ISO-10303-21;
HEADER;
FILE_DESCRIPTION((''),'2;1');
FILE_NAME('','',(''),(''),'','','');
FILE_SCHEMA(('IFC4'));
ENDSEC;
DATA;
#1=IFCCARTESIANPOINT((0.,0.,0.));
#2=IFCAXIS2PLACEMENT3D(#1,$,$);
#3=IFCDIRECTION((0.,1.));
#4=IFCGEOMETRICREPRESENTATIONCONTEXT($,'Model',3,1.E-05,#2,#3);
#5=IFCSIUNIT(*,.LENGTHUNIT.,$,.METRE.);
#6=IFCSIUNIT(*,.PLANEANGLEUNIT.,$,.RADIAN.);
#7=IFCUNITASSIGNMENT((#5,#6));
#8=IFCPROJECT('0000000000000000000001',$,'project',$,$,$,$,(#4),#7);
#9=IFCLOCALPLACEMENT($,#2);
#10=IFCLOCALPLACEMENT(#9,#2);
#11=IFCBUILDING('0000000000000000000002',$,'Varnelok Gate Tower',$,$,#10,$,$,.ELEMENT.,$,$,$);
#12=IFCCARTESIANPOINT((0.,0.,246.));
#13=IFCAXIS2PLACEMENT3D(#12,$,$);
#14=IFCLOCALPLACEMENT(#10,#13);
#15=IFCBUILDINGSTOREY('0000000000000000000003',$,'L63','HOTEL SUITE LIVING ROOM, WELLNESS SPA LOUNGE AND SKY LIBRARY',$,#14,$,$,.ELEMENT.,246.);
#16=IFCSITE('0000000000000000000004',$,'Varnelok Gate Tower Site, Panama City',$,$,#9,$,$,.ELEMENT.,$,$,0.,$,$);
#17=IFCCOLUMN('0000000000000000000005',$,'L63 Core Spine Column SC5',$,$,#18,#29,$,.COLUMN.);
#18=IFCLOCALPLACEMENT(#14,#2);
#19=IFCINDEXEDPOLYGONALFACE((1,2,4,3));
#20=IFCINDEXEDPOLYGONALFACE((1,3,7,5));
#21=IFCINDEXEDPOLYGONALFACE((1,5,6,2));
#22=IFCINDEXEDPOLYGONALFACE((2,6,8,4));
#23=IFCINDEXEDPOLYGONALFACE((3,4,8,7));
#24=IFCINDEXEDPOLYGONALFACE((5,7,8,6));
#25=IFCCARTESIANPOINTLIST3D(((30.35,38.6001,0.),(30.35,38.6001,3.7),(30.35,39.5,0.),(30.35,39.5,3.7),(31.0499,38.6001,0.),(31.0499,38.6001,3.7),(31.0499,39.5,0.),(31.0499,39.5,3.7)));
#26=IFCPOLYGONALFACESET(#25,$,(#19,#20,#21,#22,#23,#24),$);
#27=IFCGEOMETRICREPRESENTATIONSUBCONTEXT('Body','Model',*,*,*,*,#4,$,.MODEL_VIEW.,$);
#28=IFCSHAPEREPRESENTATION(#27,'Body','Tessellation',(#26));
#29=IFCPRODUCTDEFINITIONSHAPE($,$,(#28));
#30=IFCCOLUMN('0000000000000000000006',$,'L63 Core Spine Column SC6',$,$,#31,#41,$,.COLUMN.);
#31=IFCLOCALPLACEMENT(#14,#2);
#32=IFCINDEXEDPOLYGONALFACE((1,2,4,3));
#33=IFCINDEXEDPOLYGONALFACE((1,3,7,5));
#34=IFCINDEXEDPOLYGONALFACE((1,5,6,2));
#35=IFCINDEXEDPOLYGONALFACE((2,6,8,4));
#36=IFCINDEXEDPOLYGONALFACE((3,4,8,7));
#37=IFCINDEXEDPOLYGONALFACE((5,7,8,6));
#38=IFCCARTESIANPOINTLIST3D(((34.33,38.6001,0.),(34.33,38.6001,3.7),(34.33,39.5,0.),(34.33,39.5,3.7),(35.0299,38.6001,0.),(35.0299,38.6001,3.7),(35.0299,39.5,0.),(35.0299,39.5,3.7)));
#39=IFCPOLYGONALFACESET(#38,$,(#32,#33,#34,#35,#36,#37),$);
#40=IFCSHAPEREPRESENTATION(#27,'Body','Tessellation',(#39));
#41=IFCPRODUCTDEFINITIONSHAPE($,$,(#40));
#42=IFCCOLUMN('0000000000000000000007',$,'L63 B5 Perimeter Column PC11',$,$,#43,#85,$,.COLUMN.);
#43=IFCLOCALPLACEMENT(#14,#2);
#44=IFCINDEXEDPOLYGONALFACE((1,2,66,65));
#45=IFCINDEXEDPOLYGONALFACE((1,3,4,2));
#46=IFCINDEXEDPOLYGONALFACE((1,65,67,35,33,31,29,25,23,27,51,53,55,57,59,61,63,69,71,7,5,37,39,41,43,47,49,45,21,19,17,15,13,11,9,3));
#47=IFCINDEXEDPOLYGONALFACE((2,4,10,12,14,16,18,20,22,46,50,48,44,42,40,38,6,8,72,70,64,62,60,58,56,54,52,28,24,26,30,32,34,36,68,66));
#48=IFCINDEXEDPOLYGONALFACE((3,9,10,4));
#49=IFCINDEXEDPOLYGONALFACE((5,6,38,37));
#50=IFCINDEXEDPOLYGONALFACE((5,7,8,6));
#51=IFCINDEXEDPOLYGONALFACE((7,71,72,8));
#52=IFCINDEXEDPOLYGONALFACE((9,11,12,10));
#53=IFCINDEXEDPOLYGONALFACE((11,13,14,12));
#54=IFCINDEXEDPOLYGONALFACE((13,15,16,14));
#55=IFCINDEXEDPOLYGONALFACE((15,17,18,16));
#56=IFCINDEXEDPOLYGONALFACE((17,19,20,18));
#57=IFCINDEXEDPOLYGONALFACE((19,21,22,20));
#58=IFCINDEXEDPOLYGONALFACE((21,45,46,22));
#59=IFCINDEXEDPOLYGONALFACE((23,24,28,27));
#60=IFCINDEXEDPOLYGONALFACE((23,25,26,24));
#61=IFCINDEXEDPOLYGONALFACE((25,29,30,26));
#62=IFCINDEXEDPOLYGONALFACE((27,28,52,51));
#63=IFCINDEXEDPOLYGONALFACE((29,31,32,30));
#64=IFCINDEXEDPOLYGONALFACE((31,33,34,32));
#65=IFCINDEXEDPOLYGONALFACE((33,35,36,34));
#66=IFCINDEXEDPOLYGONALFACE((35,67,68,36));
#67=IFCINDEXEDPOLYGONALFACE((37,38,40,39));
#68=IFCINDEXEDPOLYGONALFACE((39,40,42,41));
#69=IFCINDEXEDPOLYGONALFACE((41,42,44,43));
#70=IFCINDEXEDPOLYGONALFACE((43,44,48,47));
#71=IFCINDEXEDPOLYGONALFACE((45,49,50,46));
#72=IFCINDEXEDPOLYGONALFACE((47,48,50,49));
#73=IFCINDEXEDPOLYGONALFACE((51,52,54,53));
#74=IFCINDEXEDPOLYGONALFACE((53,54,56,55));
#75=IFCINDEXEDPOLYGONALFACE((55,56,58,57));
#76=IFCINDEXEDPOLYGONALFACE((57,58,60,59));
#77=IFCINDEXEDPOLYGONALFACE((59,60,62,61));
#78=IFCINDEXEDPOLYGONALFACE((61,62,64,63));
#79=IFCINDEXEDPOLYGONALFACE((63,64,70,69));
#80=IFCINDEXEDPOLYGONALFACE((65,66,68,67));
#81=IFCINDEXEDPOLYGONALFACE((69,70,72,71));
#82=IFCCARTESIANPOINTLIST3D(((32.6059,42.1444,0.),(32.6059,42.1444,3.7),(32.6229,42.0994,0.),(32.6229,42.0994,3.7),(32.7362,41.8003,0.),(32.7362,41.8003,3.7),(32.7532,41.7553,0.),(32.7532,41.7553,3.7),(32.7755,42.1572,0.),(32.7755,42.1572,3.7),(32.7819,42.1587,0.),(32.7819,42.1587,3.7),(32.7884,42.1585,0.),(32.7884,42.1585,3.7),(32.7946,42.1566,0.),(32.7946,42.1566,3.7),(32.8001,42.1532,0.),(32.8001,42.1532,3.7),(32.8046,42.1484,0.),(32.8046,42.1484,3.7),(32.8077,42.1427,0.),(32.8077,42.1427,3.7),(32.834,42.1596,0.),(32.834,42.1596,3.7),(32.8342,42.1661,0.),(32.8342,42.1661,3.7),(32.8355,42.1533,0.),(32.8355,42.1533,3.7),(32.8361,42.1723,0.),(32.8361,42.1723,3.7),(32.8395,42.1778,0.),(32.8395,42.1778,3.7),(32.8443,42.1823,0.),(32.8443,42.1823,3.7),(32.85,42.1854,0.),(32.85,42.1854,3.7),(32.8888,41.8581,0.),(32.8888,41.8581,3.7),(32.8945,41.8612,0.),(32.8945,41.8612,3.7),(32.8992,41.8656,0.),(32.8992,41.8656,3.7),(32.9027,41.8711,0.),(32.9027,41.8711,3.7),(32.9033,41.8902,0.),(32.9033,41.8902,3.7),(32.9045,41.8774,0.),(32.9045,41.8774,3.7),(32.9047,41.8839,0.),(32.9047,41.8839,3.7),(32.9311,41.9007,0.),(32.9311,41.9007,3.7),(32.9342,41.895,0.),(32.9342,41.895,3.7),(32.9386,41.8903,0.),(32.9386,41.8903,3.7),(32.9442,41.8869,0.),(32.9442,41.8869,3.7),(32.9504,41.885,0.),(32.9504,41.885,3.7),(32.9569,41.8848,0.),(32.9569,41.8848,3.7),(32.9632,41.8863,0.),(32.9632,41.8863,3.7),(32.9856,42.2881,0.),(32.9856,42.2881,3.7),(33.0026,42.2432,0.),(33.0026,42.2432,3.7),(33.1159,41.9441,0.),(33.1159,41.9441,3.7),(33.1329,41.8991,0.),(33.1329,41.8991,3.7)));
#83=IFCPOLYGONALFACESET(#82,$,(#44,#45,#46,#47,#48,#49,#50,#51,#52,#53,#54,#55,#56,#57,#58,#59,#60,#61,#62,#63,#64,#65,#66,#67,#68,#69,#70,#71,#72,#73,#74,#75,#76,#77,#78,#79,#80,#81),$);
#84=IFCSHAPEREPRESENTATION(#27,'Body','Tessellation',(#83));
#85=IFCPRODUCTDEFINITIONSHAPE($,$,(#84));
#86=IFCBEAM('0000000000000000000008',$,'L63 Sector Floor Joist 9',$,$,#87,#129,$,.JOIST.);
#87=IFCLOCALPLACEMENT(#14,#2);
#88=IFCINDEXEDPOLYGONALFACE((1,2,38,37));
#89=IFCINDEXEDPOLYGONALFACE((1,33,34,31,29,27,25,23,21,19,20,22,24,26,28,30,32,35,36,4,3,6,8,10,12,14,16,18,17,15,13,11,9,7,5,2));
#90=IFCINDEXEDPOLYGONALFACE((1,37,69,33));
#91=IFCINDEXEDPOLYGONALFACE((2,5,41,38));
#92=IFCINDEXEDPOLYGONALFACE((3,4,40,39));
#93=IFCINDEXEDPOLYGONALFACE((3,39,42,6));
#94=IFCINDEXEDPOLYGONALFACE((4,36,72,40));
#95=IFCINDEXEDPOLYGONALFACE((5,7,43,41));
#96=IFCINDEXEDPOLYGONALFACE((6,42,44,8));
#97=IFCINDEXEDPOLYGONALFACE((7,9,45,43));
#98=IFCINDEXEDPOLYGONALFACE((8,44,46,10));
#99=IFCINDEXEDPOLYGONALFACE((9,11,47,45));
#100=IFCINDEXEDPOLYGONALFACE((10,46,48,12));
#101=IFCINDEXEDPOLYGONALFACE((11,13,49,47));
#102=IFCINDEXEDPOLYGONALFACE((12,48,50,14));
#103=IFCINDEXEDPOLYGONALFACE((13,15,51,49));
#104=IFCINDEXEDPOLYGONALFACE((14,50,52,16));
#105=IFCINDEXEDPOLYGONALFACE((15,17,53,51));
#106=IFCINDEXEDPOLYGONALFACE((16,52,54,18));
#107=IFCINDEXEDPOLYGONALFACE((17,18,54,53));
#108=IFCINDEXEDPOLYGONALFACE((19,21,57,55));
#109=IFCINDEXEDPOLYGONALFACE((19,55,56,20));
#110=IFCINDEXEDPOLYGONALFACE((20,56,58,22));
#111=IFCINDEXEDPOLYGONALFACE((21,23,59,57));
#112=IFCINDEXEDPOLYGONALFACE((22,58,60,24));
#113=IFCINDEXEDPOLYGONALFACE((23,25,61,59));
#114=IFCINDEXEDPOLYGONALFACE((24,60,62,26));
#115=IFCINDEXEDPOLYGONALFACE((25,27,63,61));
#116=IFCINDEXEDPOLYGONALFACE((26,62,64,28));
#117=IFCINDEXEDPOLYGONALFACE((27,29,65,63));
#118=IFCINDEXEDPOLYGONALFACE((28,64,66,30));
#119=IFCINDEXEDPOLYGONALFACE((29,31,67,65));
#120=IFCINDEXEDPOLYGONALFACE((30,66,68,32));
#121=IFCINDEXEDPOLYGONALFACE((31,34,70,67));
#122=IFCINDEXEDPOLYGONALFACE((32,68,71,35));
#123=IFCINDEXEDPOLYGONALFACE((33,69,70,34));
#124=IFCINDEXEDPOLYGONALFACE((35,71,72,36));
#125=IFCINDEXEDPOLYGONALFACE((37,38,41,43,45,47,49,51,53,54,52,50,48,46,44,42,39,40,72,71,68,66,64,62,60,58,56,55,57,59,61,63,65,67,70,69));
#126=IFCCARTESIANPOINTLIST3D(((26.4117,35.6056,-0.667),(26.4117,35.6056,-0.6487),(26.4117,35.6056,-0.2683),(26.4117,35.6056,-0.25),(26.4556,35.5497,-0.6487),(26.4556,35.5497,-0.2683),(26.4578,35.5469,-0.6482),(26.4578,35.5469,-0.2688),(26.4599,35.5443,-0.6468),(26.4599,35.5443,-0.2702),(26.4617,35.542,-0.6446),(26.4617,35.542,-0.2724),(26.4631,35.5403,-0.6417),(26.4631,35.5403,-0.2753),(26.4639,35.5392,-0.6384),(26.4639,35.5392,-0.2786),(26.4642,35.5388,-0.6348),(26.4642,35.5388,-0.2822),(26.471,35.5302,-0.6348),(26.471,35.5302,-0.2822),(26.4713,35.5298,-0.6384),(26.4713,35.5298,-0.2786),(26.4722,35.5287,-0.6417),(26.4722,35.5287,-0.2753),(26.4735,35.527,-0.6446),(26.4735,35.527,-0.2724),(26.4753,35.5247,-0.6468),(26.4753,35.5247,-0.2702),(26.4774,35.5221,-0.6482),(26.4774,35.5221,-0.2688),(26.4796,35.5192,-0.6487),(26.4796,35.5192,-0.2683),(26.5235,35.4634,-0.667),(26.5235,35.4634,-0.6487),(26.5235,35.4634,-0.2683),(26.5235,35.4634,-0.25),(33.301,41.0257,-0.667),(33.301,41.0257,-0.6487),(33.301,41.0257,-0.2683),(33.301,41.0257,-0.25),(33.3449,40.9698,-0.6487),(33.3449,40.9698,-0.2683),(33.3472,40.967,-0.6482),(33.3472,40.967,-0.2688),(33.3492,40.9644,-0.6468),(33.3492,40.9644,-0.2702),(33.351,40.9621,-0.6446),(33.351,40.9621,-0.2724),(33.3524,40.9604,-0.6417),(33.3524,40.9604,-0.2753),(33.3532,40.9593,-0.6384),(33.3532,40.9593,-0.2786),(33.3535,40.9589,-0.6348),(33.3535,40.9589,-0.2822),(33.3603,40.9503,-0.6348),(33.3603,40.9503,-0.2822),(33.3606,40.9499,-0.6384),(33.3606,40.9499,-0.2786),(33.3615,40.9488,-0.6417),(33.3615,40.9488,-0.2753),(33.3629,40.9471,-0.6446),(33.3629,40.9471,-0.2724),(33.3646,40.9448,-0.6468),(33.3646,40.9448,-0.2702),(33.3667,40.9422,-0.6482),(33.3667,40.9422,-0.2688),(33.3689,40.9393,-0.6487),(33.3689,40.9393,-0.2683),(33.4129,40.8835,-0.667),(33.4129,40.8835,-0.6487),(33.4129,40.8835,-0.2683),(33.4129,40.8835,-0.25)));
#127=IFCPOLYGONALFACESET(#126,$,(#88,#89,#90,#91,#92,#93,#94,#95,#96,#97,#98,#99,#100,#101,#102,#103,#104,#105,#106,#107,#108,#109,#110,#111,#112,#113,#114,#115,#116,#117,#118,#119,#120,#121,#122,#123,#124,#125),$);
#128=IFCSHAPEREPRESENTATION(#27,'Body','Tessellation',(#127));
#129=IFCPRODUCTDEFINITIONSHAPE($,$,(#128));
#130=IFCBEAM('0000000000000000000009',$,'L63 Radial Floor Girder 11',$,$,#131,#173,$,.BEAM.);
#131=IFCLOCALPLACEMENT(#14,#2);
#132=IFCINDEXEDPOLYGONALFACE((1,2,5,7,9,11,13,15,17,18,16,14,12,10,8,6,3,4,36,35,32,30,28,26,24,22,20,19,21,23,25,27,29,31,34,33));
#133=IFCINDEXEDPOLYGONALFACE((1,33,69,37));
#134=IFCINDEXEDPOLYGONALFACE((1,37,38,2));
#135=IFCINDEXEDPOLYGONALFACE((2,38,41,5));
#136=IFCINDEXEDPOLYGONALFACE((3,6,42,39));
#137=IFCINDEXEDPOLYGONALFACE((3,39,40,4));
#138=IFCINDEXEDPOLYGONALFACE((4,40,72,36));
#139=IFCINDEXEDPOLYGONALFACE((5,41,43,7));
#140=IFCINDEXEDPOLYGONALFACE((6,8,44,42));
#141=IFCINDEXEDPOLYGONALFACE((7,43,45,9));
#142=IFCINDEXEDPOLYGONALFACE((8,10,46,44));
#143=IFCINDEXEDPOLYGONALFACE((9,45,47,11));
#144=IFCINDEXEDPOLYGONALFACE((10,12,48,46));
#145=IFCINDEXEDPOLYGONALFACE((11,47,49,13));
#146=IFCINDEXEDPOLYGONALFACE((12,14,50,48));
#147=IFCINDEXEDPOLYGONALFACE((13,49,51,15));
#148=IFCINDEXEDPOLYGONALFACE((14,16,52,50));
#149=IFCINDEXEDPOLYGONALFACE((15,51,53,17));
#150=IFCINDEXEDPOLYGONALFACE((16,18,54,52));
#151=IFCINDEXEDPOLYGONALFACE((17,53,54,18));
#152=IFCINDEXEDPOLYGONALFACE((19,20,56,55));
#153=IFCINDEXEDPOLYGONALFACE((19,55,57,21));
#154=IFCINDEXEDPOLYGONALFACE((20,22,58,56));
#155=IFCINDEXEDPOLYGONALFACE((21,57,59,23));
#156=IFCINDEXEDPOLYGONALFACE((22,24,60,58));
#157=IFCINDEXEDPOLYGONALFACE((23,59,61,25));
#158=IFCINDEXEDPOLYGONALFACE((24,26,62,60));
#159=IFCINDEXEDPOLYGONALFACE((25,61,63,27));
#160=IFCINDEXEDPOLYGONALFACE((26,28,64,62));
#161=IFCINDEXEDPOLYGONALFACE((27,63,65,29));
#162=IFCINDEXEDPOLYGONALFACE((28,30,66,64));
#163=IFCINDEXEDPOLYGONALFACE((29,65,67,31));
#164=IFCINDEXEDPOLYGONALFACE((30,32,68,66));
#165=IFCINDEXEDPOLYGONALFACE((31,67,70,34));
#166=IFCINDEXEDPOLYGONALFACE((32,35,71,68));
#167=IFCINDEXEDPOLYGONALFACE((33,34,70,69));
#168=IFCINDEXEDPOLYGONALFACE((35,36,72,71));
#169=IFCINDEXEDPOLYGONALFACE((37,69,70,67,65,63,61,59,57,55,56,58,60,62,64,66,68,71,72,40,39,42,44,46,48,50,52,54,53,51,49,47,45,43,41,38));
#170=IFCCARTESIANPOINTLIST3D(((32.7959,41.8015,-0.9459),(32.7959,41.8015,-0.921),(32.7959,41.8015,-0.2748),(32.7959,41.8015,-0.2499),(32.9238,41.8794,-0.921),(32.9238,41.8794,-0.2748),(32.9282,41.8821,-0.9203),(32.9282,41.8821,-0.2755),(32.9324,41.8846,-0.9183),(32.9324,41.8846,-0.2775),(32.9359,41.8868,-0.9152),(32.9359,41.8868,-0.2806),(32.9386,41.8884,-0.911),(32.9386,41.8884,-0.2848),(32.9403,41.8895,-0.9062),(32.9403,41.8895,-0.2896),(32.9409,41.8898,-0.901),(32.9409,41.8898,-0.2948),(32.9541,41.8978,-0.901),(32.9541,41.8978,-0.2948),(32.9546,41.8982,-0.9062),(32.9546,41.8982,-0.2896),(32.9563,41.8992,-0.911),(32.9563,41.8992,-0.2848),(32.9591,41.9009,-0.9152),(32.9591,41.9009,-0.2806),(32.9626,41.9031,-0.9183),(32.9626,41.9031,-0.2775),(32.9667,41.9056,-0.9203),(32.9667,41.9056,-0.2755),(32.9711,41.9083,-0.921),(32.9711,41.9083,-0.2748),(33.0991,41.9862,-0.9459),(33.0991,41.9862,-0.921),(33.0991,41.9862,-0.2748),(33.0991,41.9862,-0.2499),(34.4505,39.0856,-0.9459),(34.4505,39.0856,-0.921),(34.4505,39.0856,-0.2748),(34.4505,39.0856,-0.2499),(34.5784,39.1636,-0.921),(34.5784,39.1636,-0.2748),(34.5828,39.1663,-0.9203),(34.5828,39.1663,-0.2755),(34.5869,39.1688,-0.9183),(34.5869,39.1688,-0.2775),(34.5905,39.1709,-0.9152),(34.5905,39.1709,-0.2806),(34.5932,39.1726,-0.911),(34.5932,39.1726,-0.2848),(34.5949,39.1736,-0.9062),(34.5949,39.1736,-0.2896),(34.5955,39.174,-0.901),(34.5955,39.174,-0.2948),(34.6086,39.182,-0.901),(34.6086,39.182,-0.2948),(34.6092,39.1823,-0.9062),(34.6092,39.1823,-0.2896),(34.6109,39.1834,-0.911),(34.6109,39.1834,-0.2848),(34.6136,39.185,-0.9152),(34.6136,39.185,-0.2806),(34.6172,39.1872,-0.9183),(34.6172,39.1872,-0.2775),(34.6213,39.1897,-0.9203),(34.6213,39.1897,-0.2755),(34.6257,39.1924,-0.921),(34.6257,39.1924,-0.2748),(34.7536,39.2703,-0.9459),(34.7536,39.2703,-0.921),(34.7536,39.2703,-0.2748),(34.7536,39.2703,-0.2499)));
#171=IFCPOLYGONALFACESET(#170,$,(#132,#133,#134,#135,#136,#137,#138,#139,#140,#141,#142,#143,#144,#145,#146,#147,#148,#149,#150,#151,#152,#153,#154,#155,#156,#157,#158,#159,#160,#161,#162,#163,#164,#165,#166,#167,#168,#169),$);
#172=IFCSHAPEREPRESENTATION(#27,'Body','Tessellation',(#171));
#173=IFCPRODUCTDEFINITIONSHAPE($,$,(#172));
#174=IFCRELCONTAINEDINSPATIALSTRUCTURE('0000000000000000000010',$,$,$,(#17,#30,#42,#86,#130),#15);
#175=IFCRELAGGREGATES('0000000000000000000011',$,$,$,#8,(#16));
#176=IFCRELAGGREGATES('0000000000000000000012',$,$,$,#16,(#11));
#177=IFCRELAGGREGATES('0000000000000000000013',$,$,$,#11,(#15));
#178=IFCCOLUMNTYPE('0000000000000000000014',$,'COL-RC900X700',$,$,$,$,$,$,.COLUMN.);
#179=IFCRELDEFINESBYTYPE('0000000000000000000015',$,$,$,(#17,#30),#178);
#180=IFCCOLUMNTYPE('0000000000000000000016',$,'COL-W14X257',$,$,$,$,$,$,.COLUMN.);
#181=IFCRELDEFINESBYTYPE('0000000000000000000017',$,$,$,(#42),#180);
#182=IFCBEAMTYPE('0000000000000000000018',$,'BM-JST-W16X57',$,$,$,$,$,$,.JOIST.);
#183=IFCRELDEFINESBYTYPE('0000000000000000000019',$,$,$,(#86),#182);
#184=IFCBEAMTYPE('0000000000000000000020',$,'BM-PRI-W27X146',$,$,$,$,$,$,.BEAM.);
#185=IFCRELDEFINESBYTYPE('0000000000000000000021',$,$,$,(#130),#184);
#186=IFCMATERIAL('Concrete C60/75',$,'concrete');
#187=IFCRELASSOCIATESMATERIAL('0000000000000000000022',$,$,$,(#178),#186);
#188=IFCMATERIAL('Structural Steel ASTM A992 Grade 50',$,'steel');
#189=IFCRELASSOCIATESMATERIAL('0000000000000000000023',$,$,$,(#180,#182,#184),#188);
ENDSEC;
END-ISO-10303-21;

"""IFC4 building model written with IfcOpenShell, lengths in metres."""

from ifc_helpers import new_model, si_unit, direction, frame, origin, origin_2d, place, context, subcontext, project, spatial, rectangle, i_section, extrude, material, material_profile, profile_set, type_object, element, save


model = new_model("IFC4")

# Units and contexts
model_context = context("Model", 3, precision=1e-05, world=origin(), true_north=direction((0.0, 1.0)))
body_context = subcontext(model_context, "Body", "Model", "MODEL_VIEW")
ifc_project = project(units=[si_unit("LENGTHUNIT", "METRE"), si_unit("PLANEANGLEUNIT", "RADIAN")], contexts=[model_context])

# Site, building, storey
site_placement = place(None, origin())
site = spatial("IfcSite", under=ifc_project, at=site_placement, Name="Varnelok Gate Tower Site, Panama City", CompositionType="ELEMENT", RefElevation=0.0)
building_placement = place(site_placement, origin())
building = spatial("IfcBuilding", under=site, at=building_placement, Name="Varnelok Gate Tower", CompositionType="ELEMENT")
storey_placement = place(building_placement, frame((0.0, 0.0, 246.0)))
storey = spatial("IfcBuildingStorey", under=building, at=storey_placement, Name="L63", Description="HOTEL SUITE LIVING ROOM, WELLNESS SPA LOUNGE AND SKY LIBRARY", CompositionType="ELEMENT", Elevation=246.0)

# Columns
ifc_material_1 = material(Name="Concrete C60/75", Category="concrete")
ifc_material_profile_1 = material_profile(ifc_material_1, rectangle(XDim=0.7, YDim=0.8999, at=origin_2d()), Name="RC900X700")
ifc_profile_set_1 = profile_set([ifc_material_profile_1], Name="Concrete C60/75")
column_type_1 = type_object("IfcColumnType", Name="COL-RC900X700", PredefinedType="COLUMN", material=ifc_profile_set_1)
for number, where, z_axis, x_axis, name in (
    (1, (30.7, 39.05, 0.0), (0.0, 0.0, 1.0), (1.0, 0.0, 0.0), "L63 Core Spine Column SC5"),
    (2, (34.6799, 39.05, 0.0), (0.0, 0.0, 1.0), (1.0, 0.0, 0.0), "L63 Core Spine Column SC6"),
):
    element("IfcColumn", number, at=place(storey_placement, frame(where, z_axis=z_axis, x_axis=x_axis)), inside=storey, type_object=column_type_1, Name=name, PredefinedType="COLUMN", context=body_context, shape_type="SweptSolid", body=[
        extrude(rectangle(XDim=0.7, YDim=0.8999, at=origin_2d()), origin(), (0.0, 0.0, 1.0), 3.7),
    ])
ifc_material_2 = material(Name="Structural Steel ASTM A992 Grade 50", Category="steel")
ifc_material_profile_2 = material_profile(ifc_material_2, i_section(OverallWidth=0.406, OverallDepth=0.416, WebThickness=0.0298, FlangeThickness=0.0481, FilletRadius=0.0249, at=origin_2d()), Name="W14X257")
ifc_profile_set_2 = profile_set([ifc_material_profile_2], Name="Structural Steel ASTM A992 Grade 50")
column_type_2 = type_object("IfcColumnType", Name="COL-W14X257", PredefinedType="COLUMN", material=ifc_profile_set_2)
column_placement = place(storey_placement, frame((32.8694, 42.0217, 0.0), z_axis=(0.0, 0.0, 1.0), x_axis=(0.935222, 0.354063, 0.0)))
element("IfcColumn", 3, at=column_placement, inside=storey, type_object=column_type_2, Name="L63 B5 Perimeter Column PC11", PredefinedType="COLUMN", context=body_context, shape_type="SweptSolid", body=[
    extrude(i_section(OverallWidth=0.406, OverallDepth=0.416, WebThickness=0.0298, FlangeThickness=0.0481, FilletRadius=0.0249, at=origin_2d()), origin(), (0.0, 0.0, 1.0), 3.7),
])

# Beams
ifc_material_profile_3 = material_profile(ifc_material_2, i_section(OverallWidth=0.1809, OverallDepth=0.417, WebThickness=0.011, FlangeThickness=0.0183, FilletRadius=0.0139, at=origin_2d()), Name="W16X57")
ifc_profile_set_3 = profile_set([ifc_material_profile_3], Name="Structural Steel ASTM A992 Grade 50")
beam_type_1 = type_object("IfcBeamType", Name="BM-JST-W16X57", PredefinedType="JOIST", material=ifc_profile_set_3)
beam_1_placement = place(storey_placement, frame((33.3569, 40.9546, -0.4585), z_axis=(-0.785927, -0.61832, 0.0), x_axis=(0.61832, -0.785927, 0.0)))
element("IfcBeam", 4, at=beam_1_placement, inside=storey, type_object=beam_type_1, Name="L63 Sector Floor Joist 9", PredefinedType="JOIST", context=body_context, shape_type="SweptSolid", body=[
    extrude(i_section(OverallWidth=0.1809, OverallDepth=0.417, WebThickness=0.011, FlangeThickness=0.0183, FilletRadius=0.0139, at=origin_2d()), origin(), (0.0, 0.0, 1.0), 8.7659),
])
ifc_material_profile_4 = material_profile(ifc_material_2, i_section(OverallWidth=0.355, OverallDepth=0.696, WebThickness=0.0154, FlangeThickness=0.0249, FilletRadius=0.02, at=origin_2d()), Name="W27X146")
ifc_profile_set_4 = profile_set([ifc_material_profile_4], Name="Structural Steel ASTM A992 Grade 50")
beam_type_2 = type_object("IfcBeamType", Name="BM-PRI-W27X146", PredefinedType="BEAM", material=ifc_profile_set_4)
beam_2_placement = place(storey_placement, frame((34.6021, 39.178, -0.5979), z_axis=(-0.520276, 0.853998, 0.0), x_axis=(-0.853998, -0.520276, 0.0)))
element("IfcBeam", 5, at=beam_2_placement, inside=storey, type_object=beam_type_2, Name="L63 Radial Floor Girder 11", PredefinedType="BEAM", context=body_context, shape_type="SweptSolid", body=[
    extrude(i_section(OverallWidth=0.355, OverallDepth=0.696, WebThickness=0.0154, FlangeThickness=0.0249, FilletRadius=0.02, at=origin_2d()), origin(), (0.0, 0.0, 1.0), 3.1802),
])

save(model, "model.ifc")
